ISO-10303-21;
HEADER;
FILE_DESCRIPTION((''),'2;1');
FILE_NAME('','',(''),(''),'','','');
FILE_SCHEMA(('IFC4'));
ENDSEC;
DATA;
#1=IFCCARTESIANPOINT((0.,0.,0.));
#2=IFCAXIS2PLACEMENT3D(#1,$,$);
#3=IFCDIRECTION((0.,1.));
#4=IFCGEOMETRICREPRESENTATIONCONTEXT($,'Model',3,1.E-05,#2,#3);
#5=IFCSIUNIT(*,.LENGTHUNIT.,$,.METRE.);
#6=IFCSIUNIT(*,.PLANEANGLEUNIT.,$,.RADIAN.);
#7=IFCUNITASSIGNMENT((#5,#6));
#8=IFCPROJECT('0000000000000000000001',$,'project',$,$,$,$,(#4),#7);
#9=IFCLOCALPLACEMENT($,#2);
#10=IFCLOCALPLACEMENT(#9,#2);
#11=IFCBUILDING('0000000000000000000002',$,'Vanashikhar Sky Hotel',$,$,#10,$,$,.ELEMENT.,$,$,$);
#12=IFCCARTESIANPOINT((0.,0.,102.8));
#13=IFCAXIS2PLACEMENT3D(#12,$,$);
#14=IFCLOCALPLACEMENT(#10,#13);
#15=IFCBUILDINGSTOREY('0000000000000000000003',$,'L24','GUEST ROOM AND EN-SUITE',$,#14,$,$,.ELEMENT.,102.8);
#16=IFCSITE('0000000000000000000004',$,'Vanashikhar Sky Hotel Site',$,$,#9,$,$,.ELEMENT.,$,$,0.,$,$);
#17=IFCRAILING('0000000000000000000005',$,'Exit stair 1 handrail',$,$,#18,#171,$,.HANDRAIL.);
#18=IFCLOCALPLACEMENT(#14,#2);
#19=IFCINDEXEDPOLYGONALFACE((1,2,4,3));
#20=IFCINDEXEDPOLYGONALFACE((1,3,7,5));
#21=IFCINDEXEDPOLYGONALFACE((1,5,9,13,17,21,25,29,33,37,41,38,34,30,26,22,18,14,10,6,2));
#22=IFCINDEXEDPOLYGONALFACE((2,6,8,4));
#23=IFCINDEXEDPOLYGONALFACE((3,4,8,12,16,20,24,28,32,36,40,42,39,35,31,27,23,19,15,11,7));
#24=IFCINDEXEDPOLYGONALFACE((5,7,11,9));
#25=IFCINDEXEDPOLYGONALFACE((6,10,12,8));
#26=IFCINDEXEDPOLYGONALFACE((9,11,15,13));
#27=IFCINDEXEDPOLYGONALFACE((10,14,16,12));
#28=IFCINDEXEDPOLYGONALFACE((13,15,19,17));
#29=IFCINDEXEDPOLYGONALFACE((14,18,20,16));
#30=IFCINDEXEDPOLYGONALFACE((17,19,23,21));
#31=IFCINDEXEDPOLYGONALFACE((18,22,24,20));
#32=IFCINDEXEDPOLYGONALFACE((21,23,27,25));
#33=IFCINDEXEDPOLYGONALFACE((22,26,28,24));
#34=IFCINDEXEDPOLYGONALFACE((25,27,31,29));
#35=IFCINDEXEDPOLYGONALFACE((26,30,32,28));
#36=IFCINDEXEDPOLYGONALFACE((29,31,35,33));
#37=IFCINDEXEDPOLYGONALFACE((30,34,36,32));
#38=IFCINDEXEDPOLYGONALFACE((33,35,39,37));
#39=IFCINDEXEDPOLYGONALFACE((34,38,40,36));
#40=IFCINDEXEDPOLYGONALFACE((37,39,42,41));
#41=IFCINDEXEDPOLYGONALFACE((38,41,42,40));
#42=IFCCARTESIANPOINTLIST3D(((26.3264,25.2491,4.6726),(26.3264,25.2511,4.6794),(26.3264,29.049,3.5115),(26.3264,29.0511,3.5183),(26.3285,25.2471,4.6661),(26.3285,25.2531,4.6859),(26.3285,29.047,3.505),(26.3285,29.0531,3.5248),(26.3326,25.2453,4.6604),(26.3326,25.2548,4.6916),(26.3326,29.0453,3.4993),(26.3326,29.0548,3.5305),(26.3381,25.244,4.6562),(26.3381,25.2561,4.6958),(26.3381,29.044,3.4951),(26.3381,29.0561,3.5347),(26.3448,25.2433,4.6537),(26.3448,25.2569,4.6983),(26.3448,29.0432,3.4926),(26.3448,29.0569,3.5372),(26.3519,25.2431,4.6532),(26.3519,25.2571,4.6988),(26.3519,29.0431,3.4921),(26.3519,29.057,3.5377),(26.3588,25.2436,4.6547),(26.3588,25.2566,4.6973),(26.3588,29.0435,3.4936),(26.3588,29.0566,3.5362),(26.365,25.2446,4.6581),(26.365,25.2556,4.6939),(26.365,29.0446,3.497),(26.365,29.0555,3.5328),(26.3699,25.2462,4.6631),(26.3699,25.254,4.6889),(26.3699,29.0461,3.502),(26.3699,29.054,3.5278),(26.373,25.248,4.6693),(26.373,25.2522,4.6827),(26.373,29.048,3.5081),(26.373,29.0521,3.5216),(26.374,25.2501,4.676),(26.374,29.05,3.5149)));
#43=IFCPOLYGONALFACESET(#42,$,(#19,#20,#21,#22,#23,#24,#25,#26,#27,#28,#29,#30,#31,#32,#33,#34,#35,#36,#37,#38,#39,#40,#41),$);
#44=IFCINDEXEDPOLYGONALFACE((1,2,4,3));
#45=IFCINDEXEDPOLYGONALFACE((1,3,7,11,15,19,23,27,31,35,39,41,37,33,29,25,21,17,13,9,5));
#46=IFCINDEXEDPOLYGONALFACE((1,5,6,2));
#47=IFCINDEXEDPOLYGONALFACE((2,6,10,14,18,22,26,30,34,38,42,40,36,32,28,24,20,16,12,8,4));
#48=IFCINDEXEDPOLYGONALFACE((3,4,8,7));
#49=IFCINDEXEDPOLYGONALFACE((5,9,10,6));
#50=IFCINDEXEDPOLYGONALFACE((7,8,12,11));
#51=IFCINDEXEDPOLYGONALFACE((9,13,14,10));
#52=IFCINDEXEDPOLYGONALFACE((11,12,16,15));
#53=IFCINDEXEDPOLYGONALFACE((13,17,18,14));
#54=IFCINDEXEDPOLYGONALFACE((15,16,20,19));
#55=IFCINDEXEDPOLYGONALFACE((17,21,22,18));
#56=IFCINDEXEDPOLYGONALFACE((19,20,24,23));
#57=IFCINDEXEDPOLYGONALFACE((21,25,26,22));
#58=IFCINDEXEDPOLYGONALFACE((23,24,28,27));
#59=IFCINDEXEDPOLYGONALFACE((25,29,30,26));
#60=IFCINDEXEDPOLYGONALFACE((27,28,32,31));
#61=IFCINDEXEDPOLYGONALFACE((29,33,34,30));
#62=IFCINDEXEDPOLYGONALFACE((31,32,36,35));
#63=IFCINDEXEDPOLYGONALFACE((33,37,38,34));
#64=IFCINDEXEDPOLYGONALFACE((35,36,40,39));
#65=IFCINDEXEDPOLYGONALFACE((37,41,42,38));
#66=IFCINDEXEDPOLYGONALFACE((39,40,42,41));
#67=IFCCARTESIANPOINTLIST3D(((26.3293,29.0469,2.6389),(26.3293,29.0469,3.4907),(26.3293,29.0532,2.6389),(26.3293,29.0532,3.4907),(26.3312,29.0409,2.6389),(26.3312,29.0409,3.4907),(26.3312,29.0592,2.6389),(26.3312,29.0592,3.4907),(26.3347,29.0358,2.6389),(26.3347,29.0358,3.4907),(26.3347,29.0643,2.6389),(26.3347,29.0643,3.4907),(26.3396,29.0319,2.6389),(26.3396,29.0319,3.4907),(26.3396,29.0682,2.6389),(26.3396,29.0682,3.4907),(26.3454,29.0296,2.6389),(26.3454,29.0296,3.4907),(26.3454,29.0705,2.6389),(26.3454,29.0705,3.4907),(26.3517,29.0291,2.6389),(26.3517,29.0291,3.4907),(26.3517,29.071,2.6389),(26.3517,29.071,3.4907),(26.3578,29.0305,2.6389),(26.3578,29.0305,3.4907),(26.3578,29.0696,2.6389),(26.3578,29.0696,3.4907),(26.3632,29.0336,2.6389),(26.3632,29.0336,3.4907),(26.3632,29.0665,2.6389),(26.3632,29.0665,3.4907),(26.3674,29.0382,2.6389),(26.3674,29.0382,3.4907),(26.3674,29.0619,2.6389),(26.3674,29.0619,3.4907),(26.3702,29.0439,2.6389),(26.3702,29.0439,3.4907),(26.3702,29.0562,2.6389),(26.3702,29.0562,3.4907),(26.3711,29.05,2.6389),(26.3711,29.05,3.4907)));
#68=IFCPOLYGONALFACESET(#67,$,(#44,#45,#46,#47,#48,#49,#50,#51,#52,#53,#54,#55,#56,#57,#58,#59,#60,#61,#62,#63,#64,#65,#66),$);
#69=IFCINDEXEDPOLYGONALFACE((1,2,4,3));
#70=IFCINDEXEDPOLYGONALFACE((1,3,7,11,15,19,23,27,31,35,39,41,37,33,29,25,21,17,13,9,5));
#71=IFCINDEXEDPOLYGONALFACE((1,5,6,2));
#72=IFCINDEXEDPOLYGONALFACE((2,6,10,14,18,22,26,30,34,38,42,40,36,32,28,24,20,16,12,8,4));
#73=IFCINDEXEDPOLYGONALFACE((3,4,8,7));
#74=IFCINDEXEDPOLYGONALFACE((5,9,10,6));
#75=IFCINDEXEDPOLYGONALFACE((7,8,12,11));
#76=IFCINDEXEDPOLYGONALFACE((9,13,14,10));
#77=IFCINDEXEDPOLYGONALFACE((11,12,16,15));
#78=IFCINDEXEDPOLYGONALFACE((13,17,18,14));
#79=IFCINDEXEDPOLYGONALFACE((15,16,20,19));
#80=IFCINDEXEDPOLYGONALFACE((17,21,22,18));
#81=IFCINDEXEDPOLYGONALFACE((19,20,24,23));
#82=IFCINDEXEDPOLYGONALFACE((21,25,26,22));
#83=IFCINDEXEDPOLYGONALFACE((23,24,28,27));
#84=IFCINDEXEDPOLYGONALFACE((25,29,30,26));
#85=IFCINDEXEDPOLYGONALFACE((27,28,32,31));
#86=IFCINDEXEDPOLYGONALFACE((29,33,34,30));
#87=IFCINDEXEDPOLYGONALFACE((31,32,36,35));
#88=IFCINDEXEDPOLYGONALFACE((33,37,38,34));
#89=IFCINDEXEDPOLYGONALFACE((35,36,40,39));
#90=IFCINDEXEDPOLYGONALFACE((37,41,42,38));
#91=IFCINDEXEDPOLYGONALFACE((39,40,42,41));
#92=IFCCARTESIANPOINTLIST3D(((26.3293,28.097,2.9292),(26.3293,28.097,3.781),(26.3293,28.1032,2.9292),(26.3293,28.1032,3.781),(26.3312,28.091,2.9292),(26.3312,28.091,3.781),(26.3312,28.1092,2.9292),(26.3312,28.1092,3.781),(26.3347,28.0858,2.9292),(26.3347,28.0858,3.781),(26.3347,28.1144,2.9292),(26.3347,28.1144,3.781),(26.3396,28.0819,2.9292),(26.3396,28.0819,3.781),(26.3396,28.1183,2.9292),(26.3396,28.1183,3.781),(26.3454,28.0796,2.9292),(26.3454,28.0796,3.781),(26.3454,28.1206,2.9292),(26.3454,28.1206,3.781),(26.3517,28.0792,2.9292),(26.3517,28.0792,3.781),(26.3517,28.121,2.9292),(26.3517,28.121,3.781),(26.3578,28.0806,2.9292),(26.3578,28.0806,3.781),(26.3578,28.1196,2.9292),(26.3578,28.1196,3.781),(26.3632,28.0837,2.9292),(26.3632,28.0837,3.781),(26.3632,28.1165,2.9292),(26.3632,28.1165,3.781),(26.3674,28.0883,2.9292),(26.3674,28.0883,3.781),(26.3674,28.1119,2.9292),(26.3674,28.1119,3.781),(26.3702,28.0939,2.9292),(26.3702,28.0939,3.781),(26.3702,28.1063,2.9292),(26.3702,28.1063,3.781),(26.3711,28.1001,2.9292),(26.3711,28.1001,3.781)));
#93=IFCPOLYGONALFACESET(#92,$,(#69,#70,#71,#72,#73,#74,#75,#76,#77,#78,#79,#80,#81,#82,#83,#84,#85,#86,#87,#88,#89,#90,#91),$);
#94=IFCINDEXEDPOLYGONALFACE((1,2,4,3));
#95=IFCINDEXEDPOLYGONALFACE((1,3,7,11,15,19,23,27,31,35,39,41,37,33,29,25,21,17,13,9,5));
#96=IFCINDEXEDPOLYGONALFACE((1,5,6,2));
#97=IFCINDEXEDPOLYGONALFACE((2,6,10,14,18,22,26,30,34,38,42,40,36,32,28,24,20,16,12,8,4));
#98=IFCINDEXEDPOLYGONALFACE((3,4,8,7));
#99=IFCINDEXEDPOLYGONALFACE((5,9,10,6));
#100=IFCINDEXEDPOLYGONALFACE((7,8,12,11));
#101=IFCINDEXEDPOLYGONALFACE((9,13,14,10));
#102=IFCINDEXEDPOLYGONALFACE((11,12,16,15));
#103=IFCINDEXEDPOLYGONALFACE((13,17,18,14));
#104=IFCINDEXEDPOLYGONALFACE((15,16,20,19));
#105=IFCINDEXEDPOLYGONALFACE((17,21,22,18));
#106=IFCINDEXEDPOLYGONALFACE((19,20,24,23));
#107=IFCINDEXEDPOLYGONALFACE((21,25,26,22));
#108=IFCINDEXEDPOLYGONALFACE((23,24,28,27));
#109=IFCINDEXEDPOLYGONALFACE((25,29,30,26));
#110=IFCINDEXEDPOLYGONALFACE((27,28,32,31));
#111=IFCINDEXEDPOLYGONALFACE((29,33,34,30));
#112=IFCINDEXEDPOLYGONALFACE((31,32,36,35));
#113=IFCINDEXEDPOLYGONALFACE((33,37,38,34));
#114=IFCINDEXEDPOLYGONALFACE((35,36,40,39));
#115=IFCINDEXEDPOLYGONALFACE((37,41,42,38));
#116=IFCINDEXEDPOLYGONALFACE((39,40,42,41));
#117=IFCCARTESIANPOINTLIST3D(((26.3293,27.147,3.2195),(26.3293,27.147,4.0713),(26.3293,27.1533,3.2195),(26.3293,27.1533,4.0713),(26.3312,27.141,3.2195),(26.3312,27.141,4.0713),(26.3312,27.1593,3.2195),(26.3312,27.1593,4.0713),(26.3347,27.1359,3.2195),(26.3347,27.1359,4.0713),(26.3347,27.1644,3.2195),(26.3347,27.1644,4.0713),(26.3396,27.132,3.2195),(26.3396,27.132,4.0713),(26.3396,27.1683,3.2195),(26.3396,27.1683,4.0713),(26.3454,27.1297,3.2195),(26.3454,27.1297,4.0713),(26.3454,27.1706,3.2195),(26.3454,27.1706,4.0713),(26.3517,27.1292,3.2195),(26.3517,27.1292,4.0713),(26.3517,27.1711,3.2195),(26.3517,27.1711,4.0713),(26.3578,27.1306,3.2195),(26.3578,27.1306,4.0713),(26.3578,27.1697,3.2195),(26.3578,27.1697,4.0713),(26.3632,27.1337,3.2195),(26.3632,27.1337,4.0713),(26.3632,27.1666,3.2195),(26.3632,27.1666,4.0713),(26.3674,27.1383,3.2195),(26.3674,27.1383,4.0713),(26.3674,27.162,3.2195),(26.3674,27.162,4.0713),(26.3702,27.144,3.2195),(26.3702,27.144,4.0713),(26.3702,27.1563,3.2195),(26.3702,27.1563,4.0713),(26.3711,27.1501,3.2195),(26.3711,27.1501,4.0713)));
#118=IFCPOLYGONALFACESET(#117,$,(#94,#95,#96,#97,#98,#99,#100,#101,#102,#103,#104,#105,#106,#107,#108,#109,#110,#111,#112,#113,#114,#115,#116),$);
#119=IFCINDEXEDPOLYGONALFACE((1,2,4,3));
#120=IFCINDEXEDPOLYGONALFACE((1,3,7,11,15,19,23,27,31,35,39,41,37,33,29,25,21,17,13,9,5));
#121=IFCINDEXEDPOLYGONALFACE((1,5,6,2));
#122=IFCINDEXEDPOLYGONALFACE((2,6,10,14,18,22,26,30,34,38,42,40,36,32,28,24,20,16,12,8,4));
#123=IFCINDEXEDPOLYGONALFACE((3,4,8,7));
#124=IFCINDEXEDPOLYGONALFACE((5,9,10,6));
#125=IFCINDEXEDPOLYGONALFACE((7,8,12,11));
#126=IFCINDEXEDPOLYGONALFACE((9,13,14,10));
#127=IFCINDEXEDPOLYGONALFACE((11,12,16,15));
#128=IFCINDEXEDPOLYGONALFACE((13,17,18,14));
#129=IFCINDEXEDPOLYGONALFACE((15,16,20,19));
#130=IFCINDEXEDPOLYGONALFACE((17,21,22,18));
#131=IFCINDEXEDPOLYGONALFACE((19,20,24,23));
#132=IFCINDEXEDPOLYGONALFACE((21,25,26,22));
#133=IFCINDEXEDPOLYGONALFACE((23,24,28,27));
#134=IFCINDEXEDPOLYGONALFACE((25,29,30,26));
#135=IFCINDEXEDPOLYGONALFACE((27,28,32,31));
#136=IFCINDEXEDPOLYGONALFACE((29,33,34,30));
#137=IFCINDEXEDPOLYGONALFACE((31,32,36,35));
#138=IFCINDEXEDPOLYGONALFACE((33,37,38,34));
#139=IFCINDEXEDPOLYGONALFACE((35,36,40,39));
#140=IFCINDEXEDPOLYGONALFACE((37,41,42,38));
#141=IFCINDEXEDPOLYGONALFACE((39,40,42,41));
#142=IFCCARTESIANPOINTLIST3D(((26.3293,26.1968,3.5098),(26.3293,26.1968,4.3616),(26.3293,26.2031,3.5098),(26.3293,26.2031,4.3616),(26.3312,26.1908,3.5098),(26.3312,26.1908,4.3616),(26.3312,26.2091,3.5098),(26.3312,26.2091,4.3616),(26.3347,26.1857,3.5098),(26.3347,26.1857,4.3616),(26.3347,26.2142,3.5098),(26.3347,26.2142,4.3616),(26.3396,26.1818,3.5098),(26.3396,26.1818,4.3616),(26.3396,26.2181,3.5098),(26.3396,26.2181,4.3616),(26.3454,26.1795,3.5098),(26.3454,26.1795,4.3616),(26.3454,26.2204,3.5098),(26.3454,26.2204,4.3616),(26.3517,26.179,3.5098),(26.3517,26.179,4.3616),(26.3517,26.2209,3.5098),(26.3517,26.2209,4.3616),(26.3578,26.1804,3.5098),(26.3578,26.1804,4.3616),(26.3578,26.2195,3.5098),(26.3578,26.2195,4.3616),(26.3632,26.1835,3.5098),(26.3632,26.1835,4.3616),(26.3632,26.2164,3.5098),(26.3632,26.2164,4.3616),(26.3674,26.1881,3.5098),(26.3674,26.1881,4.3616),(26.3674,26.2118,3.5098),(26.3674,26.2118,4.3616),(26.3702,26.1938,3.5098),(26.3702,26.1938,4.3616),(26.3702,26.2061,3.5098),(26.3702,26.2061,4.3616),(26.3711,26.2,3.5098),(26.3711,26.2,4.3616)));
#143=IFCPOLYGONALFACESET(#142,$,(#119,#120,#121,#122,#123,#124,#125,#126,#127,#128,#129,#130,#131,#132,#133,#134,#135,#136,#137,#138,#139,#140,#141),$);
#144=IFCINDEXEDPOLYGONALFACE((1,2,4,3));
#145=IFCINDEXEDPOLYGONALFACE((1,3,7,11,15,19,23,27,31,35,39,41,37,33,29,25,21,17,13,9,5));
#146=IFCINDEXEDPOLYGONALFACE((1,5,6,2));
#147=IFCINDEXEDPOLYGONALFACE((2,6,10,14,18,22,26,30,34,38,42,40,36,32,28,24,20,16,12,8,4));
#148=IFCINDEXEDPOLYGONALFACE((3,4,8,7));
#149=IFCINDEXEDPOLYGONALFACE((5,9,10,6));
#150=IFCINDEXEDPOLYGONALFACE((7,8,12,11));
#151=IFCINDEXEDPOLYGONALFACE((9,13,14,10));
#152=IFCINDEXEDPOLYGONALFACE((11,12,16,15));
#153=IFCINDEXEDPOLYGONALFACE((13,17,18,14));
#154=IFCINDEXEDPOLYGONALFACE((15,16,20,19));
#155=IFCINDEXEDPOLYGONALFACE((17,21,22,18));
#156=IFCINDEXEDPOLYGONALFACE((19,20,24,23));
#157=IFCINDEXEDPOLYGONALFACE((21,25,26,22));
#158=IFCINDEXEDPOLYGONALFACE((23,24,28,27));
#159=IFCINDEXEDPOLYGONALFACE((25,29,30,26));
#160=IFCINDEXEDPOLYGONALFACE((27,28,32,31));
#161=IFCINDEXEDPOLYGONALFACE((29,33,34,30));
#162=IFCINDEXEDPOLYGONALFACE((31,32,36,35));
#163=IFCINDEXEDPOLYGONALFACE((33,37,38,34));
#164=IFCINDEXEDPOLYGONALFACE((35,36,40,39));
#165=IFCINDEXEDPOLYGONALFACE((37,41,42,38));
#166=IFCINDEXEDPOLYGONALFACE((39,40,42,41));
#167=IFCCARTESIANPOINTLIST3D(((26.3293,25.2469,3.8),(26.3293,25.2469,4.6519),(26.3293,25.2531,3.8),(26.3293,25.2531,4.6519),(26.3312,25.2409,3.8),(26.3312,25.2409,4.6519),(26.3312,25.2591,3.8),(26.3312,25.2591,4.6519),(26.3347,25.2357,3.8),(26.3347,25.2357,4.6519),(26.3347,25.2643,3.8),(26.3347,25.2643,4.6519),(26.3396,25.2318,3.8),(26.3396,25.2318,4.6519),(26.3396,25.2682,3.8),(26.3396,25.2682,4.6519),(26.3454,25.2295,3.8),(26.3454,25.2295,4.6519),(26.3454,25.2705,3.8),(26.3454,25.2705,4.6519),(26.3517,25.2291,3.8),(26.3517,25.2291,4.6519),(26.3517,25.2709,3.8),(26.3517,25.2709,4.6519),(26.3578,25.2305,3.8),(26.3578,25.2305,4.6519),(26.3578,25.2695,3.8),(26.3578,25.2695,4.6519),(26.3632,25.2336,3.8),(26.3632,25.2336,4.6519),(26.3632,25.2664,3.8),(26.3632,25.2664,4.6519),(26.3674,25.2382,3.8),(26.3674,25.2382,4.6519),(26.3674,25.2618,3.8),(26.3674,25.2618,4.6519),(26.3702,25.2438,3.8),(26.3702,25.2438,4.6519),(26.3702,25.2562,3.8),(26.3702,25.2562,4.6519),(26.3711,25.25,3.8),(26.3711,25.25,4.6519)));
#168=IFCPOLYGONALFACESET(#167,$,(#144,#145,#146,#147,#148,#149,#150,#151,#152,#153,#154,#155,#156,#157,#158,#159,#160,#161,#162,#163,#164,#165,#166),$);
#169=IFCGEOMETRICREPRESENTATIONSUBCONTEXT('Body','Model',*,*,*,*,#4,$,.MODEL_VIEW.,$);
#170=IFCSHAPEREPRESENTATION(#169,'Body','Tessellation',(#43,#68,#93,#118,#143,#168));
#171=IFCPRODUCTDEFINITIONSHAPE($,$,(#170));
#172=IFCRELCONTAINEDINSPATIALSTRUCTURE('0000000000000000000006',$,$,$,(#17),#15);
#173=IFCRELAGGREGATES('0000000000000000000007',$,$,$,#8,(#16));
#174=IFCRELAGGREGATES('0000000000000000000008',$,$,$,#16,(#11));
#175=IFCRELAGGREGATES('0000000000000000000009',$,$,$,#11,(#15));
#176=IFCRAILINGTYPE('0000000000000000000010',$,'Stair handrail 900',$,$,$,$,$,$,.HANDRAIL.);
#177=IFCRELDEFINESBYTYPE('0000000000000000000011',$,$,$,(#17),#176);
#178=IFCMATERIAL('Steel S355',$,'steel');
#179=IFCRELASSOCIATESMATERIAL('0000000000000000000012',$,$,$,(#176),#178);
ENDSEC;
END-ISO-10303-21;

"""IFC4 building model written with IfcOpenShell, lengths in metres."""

from ifc_helpers import new_model, si_unit, direction, frame, origin, origin_2d, place, context, subcontext, project, spatial, circle, extrude, source, transform, mapped, material, type_object, element, save


model = new_model("IFC4")

# Units and contexts
model_context = context("Model", 3, precision=1e-05, world=origin(), true_north=direction((0.0, 1.0)))
body_context = subcontext(model_context, "Body", "Model", "MODEL_VIEW")
ifc_project = project(units=[si_unit("LENGTHUNIT", "METRE"), si_unit("PLANEANGLEUNIT", "RADIAN")], contexts=[model_context])

# Site, building, storey
site_placement = place(None, origin())
site = spatial("IfcSite", under=ifc_project, at=site_placement, Name="Vanashikhar Sky Hotel Site", CompositionType="ELEMENT", RefElevation=0.0)
building_placement = place(site_placement, origin())
building = spatial("IfcBuilding", under=site, at=building_placement, Name="Vanashikhar Sky Hotel", CompositionType="ELEMENT")
storey_placement = place(building_placement, frame((0.0, 0.0, 102.8)))
storey = spatial("IfcBuildingStorey", under=building, at=storey_placement, Name="L24", Description="GUEST ROOM AND EN-SUITE", CompositionType="ELEMENT", Elevation=102.8)

# Railing
ifc_material_1 = material(Name="Steel S355", Category="steel")
railing_type = type_object("IfcRailingType", Name="Stair handrail 900", PredefinedType="HANDRAIL", material=ifc_material_1)
shared_shape_1 = source(origin(), body_context, "Body", "SweptSolid", [
    extrude(circle(Radius=0.0239, at=origin_2d()), frame((0.0, 0.0, 0.876), z_axis=(0.0, -0.956351, 0.29222), x_axis=(1.0, 0.0, 0.0)), (0.0, 0.0, 1.0), 3.9734),
    extrude(circle(Radius=0.021, at=origin_2d()), origin(), (0.0, 0.0, 1.0), 0.8518),
    extrude(circle(Radius=0.021, at=origin_2d()), frame((0.0, -0.95, 0.2903)), (0.0, 0.0, 1.0), 0.8518),
    extrude(circle(Radius=0.021, at=origin_2d()), frame((0.0, -1.8999, 0.5806)), (0.0, 0.0, 1.0), 0.8518),
    extrude(circle(Radius=0.021, at=origin_2d()), frame((0.0, -2.8501, 0.8708)), (0.0, 0.0, 1.0), 0.8518),
    extrude(circle(Radius=0.021, at=origin_2d()), frame((0.0, -3.8, 1.1611)), (0.0, 0.0, 1.0), 0.8518),
])
for number, where, name in (
    (1, (26.3501, 29.05, 2.6389), "Exit stair 1 handrail"),
):
    element("IfcRailing", number, at=place(storey_placement, frame(where)), inside=storey, type_object=railing_type, Name=name, PredefinedType="HANDRAIL", context=body_context, shape_type="MappedRepresentation", body=[
        mapped(shared_shape_1, transform((0.0, 0.0, 0.0), scale=1.0)),
    ])

save(model, "model.ifc")
